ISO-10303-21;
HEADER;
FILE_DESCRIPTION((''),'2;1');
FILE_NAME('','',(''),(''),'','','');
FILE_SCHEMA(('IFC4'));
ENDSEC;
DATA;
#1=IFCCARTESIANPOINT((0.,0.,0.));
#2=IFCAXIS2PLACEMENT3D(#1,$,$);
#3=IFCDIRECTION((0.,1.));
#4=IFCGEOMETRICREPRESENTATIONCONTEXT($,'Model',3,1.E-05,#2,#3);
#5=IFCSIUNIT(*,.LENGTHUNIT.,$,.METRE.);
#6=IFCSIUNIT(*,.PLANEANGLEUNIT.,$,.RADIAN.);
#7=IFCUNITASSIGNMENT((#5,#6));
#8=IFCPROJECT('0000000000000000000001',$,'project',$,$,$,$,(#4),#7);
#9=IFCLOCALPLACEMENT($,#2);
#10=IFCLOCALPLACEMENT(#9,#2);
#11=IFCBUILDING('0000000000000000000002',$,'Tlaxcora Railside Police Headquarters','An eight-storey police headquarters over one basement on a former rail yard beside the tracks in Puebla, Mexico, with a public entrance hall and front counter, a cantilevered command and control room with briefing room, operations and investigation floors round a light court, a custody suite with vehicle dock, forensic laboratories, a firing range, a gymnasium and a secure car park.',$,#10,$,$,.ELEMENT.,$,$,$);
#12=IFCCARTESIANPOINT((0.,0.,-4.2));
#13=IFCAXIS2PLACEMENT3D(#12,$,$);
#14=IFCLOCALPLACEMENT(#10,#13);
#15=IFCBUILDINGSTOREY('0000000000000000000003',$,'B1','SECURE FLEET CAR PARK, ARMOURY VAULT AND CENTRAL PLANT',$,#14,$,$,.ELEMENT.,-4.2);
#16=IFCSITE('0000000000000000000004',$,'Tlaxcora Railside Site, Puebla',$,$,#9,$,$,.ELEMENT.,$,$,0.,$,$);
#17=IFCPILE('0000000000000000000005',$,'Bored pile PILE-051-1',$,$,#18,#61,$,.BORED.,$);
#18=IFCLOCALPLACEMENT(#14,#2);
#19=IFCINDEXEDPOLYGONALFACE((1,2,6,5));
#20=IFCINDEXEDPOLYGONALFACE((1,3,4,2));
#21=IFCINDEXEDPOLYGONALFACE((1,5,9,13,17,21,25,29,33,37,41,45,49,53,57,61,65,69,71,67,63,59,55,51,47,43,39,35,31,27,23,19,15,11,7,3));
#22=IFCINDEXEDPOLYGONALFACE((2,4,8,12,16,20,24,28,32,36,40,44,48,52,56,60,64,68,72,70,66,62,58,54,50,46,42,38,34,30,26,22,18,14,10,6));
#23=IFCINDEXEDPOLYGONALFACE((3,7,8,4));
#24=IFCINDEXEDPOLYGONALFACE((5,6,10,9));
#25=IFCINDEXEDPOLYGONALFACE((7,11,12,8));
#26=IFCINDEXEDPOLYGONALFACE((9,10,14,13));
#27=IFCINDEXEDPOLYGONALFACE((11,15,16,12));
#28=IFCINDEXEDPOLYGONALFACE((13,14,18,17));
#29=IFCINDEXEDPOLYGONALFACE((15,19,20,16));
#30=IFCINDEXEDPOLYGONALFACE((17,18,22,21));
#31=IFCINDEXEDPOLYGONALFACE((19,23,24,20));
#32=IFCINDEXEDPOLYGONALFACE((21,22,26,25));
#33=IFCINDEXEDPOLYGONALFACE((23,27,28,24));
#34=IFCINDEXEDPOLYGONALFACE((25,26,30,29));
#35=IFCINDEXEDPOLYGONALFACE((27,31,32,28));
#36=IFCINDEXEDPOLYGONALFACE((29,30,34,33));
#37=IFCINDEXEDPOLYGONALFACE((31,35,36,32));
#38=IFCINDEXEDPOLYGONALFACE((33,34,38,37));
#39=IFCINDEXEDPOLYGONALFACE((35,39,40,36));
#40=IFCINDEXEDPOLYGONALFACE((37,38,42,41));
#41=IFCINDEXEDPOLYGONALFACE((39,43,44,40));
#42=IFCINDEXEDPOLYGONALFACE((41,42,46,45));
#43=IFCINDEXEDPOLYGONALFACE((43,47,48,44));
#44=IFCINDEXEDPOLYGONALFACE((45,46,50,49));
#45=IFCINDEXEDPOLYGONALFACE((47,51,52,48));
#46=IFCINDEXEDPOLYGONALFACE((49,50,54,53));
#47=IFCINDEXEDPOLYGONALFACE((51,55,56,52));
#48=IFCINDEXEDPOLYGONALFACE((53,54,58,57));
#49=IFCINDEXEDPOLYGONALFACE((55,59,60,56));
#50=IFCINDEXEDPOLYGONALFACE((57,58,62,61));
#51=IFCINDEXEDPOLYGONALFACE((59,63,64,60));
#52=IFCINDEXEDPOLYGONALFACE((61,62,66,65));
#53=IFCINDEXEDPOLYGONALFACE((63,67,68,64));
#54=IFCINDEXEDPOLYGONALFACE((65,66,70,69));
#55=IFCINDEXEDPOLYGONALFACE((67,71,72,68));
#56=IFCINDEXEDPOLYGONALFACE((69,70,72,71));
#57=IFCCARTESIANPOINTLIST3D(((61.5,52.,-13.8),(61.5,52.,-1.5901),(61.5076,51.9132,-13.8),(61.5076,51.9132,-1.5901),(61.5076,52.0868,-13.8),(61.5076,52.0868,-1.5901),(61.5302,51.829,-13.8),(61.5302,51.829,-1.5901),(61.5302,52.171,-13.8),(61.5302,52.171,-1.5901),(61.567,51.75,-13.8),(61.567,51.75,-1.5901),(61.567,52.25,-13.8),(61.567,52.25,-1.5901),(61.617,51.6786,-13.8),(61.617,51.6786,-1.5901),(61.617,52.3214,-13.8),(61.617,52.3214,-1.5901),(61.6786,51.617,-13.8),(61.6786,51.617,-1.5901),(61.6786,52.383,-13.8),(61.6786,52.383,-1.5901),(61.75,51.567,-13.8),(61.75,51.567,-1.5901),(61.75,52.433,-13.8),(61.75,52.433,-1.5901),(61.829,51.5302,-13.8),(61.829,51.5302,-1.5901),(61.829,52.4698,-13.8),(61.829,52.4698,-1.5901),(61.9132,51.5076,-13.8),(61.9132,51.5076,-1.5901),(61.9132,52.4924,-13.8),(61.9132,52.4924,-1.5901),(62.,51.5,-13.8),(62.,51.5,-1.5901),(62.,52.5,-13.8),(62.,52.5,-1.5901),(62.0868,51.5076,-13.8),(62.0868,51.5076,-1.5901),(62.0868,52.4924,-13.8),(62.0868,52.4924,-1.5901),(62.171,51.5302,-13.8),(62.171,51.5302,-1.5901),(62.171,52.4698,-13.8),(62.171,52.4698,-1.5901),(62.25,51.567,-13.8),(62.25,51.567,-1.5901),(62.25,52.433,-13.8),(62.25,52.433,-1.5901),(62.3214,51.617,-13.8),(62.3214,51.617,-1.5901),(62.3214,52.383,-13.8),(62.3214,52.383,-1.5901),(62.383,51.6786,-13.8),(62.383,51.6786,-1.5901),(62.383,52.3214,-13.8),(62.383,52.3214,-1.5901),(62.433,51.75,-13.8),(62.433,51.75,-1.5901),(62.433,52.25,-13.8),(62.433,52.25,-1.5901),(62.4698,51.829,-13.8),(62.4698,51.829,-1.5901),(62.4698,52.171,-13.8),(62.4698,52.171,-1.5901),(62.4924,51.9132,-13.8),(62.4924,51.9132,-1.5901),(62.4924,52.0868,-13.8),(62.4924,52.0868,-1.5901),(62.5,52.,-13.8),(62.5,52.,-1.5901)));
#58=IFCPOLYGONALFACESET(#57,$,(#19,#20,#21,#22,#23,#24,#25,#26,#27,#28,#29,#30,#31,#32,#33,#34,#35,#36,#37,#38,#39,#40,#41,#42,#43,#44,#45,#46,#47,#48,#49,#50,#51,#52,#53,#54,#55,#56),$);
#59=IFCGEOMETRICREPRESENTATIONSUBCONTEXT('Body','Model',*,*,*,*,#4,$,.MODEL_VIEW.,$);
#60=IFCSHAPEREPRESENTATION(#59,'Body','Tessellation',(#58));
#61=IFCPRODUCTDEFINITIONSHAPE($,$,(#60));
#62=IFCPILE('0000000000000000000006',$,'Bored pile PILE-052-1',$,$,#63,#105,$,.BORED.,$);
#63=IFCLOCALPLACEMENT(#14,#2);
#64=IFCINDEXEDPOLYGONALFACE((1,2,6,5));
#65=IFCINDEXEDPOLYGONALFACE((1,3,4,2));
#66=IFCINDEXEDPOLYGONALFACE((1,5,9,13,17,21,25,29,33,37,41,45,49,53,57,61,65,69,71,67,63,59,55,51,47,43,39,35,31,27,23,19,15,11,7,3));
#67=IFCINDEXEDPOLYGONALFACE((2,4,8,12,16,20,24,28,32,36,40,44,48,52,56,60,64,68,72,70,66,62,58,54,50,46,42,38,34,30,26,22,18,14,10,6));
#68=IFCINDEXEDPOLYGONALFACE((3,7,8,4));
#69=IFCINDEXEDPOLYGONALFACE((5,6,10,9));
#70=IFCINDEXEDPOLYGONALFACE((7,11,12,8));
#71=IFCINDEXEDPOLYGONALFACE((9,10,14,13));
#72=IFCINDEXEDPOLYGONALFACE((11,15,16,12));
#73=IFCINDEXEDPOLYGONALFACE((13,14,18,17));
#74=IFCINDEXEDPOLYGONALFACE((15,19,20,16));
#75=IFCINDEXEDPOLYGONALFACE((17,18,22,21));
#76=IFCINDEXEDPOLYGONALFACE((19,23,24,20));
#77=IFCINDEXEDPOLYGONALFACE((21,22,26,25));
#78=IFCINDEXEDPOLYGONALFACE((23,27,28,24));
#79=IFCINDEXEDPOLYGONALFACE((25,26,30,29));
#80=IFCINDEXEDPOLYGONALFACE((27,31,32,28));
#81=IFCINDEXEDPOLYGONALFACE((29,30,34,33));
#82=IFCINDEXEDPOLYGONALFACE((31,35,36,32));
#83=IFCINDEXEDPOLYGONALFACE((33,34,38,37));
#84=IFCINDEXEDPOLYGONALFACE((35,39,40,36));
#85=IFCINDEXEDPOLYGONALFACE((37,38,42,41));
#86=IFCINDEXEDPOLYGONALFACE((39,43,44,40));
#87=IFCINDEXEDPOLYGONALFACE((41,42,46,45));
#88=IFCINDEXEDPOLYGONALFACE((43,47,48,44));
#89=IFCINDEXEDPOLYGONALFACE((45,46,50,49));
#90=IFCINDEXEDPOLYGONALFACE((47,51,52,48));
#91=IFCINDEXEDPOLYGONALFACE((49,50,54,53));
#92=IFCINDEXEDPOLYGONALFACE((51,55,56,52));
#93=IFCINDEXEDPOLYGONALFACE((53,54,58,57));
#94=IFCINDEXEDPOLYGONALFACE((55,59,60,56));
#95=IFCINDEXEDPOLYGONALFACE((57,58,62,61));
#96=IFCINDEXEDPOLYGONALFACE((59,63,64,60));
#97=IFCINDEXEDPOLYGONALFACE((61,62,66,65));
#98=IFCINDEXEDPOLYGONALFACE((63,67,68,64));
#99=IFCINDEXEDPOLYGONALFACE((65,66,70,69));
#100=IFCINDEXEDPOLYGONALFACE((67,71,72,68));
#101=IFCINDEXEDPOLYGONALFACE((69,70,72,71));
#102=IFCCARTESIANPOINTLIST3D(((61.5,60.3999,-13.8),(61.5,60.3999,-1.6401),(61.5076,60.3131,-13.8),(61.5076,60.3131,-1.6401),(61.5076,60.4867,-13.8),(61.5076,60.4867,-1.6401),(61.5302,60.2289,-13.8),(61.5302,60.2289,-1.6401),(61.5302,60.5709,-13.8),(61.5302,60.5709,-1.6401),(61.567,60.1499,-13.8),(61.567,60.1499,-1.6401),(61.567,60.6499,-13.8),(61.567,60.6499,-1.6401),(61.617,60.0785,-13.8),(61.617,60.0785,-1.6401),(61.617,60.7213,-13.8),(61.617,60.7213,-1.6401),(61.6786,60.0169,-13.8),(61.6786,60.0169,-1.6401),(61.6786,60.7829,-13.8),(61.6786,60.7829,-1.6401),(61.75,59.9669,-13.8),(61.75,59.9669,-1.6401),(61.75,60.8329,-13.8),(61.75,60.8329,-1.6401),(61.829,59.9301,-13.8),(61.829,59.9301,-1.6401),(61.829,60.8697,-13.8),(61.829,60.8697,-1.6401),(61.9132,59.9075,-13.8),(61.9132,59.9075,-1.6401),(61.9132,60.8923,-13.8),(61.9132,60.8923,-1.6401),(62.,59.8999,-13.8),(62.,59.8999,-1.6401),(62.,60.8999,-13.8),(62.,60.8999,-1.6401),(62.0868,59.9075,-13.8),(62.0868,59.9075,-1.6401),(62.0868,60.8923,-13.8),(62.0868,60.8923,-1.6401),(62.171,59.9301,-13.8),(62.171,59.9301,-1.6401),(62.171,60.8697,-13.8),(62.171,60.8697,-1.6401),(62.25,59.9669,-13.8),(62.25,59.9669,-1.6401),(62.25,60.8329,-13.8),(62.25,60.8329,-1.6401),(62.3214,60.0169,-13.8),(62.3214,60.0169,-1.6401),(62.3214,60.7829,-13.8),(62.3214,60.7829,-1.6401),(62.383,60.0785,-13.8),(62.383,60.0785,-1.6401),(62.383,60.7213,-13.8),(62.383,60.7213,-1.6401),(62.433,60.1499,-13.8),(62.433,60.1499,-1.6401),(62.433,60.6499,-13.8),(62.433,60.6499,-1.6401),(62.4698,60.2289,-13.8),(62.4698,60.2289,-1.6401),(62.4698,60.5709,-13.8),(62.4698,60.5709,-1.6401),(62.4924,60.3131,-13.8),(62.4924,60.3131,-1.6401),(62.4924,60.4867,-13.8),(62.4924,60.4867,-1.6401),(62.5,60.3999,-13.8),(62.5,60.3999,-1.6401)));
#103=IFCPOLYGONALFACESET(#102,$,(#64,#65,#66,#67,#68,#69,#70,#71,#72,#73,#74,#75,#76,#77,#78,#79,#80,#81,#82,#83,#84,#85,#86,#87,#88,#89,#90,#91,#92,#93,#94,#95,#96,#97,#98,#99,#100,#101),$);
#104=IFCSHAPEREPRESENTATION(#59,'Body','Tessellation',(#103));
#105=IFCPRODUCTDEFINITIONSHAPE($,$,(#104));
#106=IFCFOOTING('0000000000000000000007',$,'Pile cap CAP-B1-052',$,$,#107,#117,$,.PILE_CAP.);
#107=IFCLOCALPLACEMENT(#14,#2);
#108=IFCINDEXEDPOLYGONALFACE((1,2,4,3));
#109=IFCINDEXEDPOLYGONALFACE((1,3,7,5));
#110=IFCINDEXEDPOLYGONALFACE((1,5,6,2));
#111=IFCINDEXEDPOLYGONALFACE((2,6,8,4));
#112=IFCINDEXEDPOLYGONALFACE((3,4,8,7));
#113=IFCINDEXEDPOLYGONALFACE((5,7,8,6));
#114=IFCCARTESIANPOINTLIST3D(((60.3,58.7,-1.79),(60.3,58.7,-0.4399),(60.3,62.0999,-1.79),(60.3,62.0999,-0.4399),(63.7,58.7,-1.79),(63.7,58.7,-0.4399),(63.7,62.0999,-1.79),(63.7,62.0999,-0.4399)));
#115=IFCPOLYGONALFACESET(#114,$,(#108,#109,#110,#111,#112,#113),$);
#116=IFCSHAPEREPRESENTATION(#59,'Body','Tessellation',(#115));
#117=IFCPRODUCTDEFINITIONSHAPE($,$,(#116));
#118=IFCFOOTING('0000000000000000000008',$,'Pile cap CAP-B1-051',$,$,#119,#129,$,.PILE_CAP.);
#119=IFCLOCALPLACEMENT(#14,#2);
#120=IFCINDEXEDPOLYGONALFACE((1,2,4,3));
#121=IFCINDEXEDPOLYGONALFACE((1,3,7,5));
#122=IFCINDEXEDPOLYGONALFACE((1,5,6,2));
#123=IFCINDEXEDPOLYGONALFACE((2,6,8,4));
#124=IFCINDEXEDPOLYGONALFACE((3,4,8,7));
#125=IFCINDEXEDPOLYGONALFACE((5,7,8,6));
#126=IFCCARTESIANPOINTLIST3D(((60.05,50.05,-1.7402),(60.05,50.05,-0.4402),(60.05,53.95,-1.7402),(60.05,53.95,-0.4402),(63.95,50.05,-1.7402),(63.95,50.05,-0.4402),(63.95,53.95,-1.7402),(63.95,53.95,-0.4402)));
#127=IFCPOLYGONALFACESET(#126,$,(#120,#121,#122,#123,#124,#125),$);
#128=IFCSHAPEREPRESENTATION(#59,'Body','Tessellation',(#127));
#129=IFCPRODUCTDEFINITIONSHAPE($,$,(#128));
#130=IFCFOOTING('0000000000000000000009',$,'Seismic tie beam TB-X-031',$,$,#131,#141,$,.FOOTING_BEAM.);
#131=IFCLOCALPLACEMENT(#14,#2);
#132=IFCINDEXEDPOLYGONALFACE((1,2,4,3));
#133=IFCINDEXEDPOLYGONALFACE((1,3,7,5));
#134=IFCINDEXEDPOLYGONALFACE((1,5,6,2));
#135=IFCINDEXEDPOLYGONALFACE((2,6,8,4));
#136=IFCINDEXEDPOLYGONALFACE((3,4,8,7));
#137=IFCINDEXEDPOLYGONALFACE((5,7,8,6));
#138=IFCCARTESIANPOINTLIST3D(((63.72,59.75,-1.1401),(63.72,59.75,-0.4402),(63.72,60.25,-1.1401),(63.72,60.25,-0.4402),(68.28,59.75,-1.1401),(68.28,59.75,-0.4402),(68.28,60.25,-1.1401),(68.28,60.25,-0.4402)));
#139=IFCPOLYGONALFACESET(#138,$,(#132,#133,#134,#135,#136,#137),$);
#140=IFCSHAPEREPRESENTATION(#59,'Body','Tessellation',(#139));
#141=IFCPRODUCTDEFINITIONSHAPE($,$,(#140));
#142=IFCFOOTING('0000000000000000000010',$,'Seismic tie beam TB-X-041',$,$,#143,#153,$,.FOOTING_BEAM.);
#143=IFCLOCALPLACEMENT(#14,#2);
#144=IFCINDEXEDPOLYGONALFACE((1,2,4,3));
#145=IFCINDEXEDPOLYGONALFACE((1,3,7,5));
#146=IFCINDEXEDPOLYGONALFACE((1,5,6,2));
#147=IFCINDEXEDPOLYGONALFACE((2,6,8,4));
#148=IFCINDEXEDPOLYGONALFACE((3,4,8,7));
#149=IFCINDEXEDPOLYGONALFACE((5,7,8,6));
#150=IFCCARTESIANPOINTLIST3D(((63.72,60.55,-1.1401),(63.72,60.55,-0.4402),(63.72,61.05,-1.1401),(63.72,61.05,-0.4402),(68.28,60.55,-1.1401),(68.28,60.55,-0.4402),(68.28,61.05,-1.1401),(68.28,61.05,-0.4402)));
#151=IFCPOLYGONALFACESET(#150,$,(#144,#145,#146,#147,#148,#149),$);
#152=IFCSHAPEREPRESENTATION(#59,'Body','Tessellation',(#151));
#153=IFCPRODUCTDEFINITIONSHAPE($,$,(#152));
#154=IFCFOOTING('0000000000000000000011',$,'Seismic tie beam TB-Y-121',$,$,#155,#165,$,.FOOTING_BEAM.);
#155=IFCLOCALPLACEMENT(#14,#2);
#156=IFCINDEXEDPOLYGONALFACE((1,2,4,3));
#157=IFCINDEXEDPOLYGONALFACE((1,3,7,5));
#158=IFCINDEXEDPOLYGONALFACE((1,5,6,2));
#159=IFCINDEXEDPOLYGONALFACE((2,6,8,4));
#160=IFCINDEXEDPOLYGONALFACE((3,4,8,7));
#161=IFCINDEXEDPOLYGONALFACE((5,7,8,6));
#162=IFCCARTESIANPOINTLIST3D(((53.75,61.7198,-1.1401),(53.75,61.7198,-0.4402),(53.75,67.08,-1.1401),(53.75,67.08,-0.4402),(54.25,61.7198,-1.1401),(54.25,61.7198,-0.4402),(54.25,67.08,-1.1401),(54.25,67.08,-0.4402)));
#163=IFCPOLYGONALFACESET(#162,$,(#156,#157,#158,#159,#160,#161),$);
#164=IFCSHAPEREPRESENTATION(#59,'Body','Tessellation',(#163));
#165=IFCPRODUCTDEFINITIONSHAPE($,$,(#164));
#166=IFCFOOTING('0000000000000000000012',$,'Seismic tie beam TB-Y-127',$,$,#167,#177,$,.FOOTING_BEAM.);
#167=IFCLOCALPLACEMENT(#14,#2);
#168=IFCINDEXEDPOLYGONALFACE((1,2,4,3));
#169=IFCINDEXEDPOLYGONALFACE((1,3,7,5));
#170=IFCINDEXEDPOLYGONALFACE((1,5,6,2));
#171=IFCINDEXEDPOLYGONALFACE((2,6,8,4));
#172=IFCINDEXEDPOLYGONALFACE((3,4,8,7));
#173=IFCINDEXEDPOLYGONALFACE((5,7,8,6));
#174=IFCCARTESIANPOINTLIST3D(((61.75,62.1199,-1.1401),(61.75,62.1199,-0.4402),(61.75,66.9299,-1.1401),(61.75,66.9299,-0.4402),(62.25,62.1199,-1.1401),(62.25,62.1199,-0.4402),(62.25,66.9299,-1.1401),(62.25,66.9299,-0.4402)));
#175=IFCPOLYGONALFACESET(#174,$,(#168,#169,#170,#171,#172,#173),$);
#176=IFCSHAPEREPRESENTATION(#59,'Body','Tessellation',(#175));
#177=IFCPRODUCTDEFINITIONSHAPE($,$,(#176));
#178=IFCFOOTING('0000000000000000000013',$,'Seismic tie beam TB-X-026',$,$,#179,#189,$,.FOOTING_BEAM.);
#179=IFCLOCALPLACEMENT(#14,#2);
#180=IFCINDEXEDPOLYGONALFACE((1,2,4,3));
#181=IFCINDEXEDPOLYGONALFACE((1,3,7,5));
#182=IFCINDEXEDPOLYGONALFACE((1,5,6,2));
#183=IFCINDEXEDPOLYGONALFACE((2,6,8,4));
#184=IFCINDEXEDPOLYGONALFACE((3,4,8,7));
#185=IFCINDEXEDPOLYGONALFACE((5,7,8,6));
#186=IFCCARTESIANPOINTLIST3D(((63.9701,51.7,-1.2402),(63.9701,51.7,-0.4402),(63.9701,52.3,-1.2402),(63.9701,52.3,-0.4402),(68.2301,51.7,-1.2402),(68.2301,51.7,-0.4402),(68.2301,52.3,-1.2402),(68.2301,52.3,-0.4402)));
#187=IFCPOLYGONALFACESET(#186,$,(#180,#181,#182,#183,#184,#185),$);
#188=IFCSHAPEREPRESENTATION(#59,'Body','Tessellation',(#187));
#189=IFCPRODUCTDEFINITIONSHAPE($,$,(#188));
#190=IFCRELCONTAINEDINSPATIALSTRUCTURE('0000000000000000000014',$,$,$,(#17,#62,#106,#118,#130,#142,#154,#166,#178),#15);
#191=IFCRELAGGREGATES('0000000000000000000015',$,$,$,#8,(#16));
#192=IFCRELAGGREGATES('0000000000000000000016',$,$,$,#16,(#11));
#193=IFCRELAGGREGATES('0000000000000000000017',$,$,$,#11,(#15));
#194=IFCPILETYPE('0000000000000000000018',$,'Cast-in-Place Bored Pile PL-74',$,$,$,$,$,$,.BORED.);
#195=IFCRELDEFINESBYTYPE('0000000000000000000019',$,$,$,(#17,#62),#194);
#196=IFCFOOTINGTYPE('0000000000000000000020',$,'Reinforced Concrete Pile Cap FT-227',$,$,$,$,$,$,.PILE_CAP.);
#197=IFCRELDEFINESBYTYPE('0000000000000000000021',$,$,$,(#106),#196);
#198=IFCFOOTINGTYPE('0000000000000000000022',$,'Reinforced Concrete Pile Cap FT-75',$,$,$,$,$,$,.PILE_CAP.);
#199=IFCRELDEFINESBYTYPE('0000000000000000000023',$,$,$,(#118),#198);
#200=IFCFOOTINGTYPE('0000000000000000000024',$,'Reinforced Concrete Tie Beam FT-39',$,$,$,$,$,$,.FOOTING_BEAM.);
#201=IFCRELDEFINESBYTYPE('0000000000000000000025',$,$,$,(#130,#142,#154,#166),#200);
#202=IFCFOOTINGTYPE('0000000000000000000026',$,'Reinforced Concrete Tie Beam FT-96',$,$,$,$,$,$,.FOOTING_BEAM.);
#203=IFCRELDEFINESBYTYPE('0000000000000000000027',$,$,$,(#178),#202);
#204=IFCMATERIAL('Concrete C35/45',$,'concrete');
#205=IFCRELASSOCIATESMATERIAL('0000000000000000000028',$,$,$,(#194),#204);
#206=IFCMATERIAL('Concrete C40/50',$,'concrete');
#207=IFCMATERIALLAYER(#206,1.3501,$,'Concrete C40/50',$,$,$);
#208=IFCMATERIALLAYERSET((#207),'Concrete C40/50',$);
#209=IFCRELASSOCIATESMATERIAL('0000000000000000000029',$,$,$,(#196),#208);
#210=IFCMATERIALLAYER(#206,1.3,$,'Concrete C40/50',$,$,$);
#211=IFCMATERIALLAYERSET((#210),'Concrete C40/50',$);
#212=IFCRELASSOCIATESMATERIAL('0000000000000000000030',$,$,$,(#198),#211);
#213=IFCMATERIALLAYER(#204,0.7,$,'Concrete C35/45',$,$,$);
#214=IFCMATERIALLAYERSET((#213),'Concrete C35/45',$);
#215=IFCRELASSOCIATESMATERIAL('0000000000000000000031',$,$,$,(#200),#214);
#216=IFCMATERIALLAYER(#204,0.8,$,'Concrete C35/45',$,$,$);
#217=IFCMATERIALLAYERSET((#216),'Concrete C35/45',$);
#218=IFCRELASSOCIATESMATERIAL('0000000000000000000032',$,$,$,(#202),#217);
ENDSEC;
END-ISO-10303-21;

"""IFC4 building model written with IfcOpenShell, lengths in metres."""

from ifc_helpers import new_model, si_unit, direction, frame, origin, origin_2d, place, context, subcontext, project, spatial, rectangle, circle, extrude, material, layer, layer_set, material_profile, profile_set, type_object, element, save


model = new_model("IFC4")

# Units and contexts
model_context = context("Model", 3, precision=1e-05, world=origin(), true_north=direction((0.0, 1.0)))
body_context = subcontext(model_context, "Body", "Model", "MODEL_VIEW")
ifc_project = project(units=[si_unit("LENGTHUNIT", "METRE"), si_unit("PLANEANGLEUNIT", "RADIAN")], contexts=[model_context])

# Site, building, storey
site_placement = place(None, origin())
site = spatial("IfcSite", under=ifc_project, at=site_placement, Name="Tlaxcora Railside Site, Puebla", CompositionType="ELEMENT", RefElevation=0.0)
building_placement = place(site_placement, origin())
building = spatial("IfcBuilding", under=site, at=building_placement, Name="Tlaxcora Railside Police Headquarters", Description="An eight-storey police headquarters over one basement on a former rail yard beside the tracks in Puebla, Mexico, with a public entrance hall and front counter, a cantilevered command and control room with briefing room, operations and investigation floors round a light court, a custody suite with vehicle dock, forensic laboratories, a firing range, a gymnasium and a secure car park.", CompositionType="ELEMENT")
storey_placement = place(building_placement, frame((0.0, 0.0, -4.2)))
storey = spatial("IfcBuildingStorey", under=building, at=storey_placement, Name="B1", Description="SECURE FLEET CAR PARK, ARMOURY VAULT AND CENTRAL PLANT", CompositionType="ELEMENT", Elevation=-4.2)

# Piles
ifc_material_1 = material(Name="Concrete C35/45", Category="concrete")
ifc_material_profile_1 = material_profile(ifc_material_1, circle(Radius=0.5, at=origin_2d()), Name="PILE1000")
ifc_profile_set_1 = profile_set([ifc_material_profile_1], Name="Concrete C35/45")
pile_type_1 = type_object("IfcPileType", Name="Cast-in-Place Bored Pile PL-74", PredefinedType="BORED", material=ifc_profile_set_1)
pile_1_placement = place(storey_placement, frame((62.0, 52.0, -1.5901), z_axis=(0.0, 0.0, -1.0), x_axis=(1.0, 0.0, 0.0)))
element("IfcPile", 1, at=pile_1_placement, inside=storey, type_object=pile_type_1, Name="Bored pile PILE-051-1", PredefinedType="BORED", context=body_context, shape_type="SweptSolid", body=[
    extrude(circle(Radius=0.5, at=origin_2d()), origin(), (0.0, 0.0, 1.0), 12.21),
])
pile_2_placement = place(storey_placement, frame((62.0, 60.3999, -1.6401), z_axis=(0.0, 0.0, -1.0), x_axis=(1.0, 0.0, 0.0)))
element("IfcPile", 2, at=pile_2_placement, inside=storey, type_object=pile_type_1, Name="Bored pile PILE-052-1", PredefinedType="BORED", context=body_context, shape_type="SweptSolid", body=[
    extrude(circle(Radius=0.5, at=origin_2d()), origin(), (0.0, 0.0, 1.0), 12.1599),
])

# Footings
ifc_material_2 = material(Name="Concrete C40/50", Category="concrete")
ifc_layer_1 = layer(ifc_material_2, 1.3501, Name="Concrete C40/50")
ifc_layer_set_1 = layer_set([ifc_layer_1], Name="Concrete C40/50")
footing_type_1 = type_object("IfcFootingType", Name="Reinforced Concrete Pile Cap FT-227", PredefinedType="PILE_CAP", material=ifc_layer_set_1)
footing_1_placement = place(storey_placement, frame((62.0, 60.3999, -1.79), z_axis=(0.0, 0.0, 1.0), x_axis=(1.0, 0.0, 0.0)))
element("IfcFooting", 3, at=footing_1_placement, inside=storey, type_object=footing_type_1, Name="Pile cap CAP-B1-052", PredefinedType="PILE_CAP", context=body_context, shape_type="SweptSolid", body=[
    extrude(rectangle(XDim=3.3999, YDim=3.3999, at=origin_2d()), origin(), (0.0, 0.0, 1.0), 1.3501),
])
ifc_layer_2 = layer(ifc_material_2, 1.3, Name="Concrete C40/50")
ifc_layer_set_2 = layer_set([ifc_layer_2], Name="Concrete C40/50")
footing_type_2 = type_object("IfcFootingType", Name="Reinforced Concrete Pile Cap FT-75", PredefinedType="PILE_CAP", material=ifc_layer_set_2)
footing_2_placement = place(storey_placement, frame((62.0, 52.0, -1.7402), z_axis=(0.0, 0.0, 1.0), x_axis=(1.0, 0.0, 0.0)))
element("IfcFooting", 4, at=footing_2_placement, inside=storey, type_object=footing_type_2, Name="Pile cap CAP-B1-051", PredefinedType="PILE_CAP", context=body_context, shape_type="SweptSolid", body=[
    extrude(rectangle(XDim=3.8999, YDim=3.8999, at=origin_2d()), origin(), (0.0, 0.0, 1.0), 1.3),
])
ifc_layer_3 = layer(ifc_material_1, 0.7, Name="Concrete C35/45")
ifc_layer_set_3 = layer_set([ifc_layer_3], Name="Concrete C35/45")
footing_type_3 = type_object("IfcFootingType", Name="Reinforced Concrete Tie Beam FT-39", PredefinedType="FOOTING_BEAM", material=ifc_layer_set_3)
for number, where, z_axis, x_axis, name in (
    (5, (66.0, 60.0, -1.1401), (0.0, 0.0, 1.0), (1.0, 0.0, 0.0), "Seismic tie beam TB-X-031"),
    (6, (66.0, 60.8, -1.1401), (0.0, 0.0, 1.0), (1.0, 0.0, 0.0), "Seismic tie beam TB-X-041"),
):
    element("IfcFooting", number, at=place(storey_placement, frame(where, z_axis=z_axis, x_axis=x_axis)), inside=storey, type_object=footing_type_3, Name=name, PredefinedType="FOOTING_BEAM", context=body_context, shape_type="SweptSolid", body=[
        extrude(rectangle(XDim=4.5601, YDim=0.5, at=origin_2d()), origin(), (0.0, 0.0, 1.0), 0.7),
    ])
footing_3_placement = place(storey_placement, frame((54.0, 64.3999, -1.1401), z_axis=(0.0, 0.0, 1.0), x_axis=(0.0, 1.0, 0.0)))
element("IfcFooting", 7, at=footing_3_placement, inside=storey, type_object=footing_type_3, Name="Seismic tie beam TB-Y-121", PredefinedType="FOOTING_BEAM", context=body_context, shape_type="SweptSolid", body=[
    extrude(rectangle(XDim=5.3601, YDim=0.5, at=origin_2d()), origin(), (0.0, 0.0, 1.0), 0.7),
])
footing_4_placement = place(storey_placement, frame((62.0, 64.5249, -1.1401), z_axis=(0.0, 0.0, 1.0), x_axis=(0.0, 1.0, 0.0)))
element("IfcFooting", 8, at=footing_4_placement, inside=storey, type_object=footing_type_3, Name="Seismic tie beam TB-Y-127", PredefinedType="FOOTING_BEAM", context=body_context, shape_type="SweptSolid", body=[
    extrude(rectangle(XDim=4.8101, YDim=0.5, at=origin_2d()), origin(), (0.0, 0.0, 1.0), 0.7),
])
ifc_layer_4 = layer(ifc_material_1, 0.8, Name="Concrete C35/45")
ifc_layer_set_4 = layer_set([ifc_layer_4], Name="Concrete C35/45")
footing_type_4 = type_object("IfcFootingType", Name="Reinforced Concrete Tie Beam FT-96", PredefinedType="FOOTING_BEAM", material=ifc_layer_set_4)
footing_5_placement = place(storey_placement, frame((66.1001, 52.0, -1.2402), z_axis=(0.0, 0.0, 1.0), x_axis=(1.0, 0.0, 0.0)))
element("IfcFooting", 9, at=footing_5_placement, inside=storey, type_object=footing_type_4, Name="Seismic tie beam TB-X-026", PredefinedType="FOOTING_BEAM", context=body_context, shape_type="SweptSolid", body=[
    extrude(rectangle(XDim=4.26, YDim=0.6001, at=origin_2d()), origin(), (0.0, 0.0, 1.0), 0.8),
])

save(model, "model.ifc")
